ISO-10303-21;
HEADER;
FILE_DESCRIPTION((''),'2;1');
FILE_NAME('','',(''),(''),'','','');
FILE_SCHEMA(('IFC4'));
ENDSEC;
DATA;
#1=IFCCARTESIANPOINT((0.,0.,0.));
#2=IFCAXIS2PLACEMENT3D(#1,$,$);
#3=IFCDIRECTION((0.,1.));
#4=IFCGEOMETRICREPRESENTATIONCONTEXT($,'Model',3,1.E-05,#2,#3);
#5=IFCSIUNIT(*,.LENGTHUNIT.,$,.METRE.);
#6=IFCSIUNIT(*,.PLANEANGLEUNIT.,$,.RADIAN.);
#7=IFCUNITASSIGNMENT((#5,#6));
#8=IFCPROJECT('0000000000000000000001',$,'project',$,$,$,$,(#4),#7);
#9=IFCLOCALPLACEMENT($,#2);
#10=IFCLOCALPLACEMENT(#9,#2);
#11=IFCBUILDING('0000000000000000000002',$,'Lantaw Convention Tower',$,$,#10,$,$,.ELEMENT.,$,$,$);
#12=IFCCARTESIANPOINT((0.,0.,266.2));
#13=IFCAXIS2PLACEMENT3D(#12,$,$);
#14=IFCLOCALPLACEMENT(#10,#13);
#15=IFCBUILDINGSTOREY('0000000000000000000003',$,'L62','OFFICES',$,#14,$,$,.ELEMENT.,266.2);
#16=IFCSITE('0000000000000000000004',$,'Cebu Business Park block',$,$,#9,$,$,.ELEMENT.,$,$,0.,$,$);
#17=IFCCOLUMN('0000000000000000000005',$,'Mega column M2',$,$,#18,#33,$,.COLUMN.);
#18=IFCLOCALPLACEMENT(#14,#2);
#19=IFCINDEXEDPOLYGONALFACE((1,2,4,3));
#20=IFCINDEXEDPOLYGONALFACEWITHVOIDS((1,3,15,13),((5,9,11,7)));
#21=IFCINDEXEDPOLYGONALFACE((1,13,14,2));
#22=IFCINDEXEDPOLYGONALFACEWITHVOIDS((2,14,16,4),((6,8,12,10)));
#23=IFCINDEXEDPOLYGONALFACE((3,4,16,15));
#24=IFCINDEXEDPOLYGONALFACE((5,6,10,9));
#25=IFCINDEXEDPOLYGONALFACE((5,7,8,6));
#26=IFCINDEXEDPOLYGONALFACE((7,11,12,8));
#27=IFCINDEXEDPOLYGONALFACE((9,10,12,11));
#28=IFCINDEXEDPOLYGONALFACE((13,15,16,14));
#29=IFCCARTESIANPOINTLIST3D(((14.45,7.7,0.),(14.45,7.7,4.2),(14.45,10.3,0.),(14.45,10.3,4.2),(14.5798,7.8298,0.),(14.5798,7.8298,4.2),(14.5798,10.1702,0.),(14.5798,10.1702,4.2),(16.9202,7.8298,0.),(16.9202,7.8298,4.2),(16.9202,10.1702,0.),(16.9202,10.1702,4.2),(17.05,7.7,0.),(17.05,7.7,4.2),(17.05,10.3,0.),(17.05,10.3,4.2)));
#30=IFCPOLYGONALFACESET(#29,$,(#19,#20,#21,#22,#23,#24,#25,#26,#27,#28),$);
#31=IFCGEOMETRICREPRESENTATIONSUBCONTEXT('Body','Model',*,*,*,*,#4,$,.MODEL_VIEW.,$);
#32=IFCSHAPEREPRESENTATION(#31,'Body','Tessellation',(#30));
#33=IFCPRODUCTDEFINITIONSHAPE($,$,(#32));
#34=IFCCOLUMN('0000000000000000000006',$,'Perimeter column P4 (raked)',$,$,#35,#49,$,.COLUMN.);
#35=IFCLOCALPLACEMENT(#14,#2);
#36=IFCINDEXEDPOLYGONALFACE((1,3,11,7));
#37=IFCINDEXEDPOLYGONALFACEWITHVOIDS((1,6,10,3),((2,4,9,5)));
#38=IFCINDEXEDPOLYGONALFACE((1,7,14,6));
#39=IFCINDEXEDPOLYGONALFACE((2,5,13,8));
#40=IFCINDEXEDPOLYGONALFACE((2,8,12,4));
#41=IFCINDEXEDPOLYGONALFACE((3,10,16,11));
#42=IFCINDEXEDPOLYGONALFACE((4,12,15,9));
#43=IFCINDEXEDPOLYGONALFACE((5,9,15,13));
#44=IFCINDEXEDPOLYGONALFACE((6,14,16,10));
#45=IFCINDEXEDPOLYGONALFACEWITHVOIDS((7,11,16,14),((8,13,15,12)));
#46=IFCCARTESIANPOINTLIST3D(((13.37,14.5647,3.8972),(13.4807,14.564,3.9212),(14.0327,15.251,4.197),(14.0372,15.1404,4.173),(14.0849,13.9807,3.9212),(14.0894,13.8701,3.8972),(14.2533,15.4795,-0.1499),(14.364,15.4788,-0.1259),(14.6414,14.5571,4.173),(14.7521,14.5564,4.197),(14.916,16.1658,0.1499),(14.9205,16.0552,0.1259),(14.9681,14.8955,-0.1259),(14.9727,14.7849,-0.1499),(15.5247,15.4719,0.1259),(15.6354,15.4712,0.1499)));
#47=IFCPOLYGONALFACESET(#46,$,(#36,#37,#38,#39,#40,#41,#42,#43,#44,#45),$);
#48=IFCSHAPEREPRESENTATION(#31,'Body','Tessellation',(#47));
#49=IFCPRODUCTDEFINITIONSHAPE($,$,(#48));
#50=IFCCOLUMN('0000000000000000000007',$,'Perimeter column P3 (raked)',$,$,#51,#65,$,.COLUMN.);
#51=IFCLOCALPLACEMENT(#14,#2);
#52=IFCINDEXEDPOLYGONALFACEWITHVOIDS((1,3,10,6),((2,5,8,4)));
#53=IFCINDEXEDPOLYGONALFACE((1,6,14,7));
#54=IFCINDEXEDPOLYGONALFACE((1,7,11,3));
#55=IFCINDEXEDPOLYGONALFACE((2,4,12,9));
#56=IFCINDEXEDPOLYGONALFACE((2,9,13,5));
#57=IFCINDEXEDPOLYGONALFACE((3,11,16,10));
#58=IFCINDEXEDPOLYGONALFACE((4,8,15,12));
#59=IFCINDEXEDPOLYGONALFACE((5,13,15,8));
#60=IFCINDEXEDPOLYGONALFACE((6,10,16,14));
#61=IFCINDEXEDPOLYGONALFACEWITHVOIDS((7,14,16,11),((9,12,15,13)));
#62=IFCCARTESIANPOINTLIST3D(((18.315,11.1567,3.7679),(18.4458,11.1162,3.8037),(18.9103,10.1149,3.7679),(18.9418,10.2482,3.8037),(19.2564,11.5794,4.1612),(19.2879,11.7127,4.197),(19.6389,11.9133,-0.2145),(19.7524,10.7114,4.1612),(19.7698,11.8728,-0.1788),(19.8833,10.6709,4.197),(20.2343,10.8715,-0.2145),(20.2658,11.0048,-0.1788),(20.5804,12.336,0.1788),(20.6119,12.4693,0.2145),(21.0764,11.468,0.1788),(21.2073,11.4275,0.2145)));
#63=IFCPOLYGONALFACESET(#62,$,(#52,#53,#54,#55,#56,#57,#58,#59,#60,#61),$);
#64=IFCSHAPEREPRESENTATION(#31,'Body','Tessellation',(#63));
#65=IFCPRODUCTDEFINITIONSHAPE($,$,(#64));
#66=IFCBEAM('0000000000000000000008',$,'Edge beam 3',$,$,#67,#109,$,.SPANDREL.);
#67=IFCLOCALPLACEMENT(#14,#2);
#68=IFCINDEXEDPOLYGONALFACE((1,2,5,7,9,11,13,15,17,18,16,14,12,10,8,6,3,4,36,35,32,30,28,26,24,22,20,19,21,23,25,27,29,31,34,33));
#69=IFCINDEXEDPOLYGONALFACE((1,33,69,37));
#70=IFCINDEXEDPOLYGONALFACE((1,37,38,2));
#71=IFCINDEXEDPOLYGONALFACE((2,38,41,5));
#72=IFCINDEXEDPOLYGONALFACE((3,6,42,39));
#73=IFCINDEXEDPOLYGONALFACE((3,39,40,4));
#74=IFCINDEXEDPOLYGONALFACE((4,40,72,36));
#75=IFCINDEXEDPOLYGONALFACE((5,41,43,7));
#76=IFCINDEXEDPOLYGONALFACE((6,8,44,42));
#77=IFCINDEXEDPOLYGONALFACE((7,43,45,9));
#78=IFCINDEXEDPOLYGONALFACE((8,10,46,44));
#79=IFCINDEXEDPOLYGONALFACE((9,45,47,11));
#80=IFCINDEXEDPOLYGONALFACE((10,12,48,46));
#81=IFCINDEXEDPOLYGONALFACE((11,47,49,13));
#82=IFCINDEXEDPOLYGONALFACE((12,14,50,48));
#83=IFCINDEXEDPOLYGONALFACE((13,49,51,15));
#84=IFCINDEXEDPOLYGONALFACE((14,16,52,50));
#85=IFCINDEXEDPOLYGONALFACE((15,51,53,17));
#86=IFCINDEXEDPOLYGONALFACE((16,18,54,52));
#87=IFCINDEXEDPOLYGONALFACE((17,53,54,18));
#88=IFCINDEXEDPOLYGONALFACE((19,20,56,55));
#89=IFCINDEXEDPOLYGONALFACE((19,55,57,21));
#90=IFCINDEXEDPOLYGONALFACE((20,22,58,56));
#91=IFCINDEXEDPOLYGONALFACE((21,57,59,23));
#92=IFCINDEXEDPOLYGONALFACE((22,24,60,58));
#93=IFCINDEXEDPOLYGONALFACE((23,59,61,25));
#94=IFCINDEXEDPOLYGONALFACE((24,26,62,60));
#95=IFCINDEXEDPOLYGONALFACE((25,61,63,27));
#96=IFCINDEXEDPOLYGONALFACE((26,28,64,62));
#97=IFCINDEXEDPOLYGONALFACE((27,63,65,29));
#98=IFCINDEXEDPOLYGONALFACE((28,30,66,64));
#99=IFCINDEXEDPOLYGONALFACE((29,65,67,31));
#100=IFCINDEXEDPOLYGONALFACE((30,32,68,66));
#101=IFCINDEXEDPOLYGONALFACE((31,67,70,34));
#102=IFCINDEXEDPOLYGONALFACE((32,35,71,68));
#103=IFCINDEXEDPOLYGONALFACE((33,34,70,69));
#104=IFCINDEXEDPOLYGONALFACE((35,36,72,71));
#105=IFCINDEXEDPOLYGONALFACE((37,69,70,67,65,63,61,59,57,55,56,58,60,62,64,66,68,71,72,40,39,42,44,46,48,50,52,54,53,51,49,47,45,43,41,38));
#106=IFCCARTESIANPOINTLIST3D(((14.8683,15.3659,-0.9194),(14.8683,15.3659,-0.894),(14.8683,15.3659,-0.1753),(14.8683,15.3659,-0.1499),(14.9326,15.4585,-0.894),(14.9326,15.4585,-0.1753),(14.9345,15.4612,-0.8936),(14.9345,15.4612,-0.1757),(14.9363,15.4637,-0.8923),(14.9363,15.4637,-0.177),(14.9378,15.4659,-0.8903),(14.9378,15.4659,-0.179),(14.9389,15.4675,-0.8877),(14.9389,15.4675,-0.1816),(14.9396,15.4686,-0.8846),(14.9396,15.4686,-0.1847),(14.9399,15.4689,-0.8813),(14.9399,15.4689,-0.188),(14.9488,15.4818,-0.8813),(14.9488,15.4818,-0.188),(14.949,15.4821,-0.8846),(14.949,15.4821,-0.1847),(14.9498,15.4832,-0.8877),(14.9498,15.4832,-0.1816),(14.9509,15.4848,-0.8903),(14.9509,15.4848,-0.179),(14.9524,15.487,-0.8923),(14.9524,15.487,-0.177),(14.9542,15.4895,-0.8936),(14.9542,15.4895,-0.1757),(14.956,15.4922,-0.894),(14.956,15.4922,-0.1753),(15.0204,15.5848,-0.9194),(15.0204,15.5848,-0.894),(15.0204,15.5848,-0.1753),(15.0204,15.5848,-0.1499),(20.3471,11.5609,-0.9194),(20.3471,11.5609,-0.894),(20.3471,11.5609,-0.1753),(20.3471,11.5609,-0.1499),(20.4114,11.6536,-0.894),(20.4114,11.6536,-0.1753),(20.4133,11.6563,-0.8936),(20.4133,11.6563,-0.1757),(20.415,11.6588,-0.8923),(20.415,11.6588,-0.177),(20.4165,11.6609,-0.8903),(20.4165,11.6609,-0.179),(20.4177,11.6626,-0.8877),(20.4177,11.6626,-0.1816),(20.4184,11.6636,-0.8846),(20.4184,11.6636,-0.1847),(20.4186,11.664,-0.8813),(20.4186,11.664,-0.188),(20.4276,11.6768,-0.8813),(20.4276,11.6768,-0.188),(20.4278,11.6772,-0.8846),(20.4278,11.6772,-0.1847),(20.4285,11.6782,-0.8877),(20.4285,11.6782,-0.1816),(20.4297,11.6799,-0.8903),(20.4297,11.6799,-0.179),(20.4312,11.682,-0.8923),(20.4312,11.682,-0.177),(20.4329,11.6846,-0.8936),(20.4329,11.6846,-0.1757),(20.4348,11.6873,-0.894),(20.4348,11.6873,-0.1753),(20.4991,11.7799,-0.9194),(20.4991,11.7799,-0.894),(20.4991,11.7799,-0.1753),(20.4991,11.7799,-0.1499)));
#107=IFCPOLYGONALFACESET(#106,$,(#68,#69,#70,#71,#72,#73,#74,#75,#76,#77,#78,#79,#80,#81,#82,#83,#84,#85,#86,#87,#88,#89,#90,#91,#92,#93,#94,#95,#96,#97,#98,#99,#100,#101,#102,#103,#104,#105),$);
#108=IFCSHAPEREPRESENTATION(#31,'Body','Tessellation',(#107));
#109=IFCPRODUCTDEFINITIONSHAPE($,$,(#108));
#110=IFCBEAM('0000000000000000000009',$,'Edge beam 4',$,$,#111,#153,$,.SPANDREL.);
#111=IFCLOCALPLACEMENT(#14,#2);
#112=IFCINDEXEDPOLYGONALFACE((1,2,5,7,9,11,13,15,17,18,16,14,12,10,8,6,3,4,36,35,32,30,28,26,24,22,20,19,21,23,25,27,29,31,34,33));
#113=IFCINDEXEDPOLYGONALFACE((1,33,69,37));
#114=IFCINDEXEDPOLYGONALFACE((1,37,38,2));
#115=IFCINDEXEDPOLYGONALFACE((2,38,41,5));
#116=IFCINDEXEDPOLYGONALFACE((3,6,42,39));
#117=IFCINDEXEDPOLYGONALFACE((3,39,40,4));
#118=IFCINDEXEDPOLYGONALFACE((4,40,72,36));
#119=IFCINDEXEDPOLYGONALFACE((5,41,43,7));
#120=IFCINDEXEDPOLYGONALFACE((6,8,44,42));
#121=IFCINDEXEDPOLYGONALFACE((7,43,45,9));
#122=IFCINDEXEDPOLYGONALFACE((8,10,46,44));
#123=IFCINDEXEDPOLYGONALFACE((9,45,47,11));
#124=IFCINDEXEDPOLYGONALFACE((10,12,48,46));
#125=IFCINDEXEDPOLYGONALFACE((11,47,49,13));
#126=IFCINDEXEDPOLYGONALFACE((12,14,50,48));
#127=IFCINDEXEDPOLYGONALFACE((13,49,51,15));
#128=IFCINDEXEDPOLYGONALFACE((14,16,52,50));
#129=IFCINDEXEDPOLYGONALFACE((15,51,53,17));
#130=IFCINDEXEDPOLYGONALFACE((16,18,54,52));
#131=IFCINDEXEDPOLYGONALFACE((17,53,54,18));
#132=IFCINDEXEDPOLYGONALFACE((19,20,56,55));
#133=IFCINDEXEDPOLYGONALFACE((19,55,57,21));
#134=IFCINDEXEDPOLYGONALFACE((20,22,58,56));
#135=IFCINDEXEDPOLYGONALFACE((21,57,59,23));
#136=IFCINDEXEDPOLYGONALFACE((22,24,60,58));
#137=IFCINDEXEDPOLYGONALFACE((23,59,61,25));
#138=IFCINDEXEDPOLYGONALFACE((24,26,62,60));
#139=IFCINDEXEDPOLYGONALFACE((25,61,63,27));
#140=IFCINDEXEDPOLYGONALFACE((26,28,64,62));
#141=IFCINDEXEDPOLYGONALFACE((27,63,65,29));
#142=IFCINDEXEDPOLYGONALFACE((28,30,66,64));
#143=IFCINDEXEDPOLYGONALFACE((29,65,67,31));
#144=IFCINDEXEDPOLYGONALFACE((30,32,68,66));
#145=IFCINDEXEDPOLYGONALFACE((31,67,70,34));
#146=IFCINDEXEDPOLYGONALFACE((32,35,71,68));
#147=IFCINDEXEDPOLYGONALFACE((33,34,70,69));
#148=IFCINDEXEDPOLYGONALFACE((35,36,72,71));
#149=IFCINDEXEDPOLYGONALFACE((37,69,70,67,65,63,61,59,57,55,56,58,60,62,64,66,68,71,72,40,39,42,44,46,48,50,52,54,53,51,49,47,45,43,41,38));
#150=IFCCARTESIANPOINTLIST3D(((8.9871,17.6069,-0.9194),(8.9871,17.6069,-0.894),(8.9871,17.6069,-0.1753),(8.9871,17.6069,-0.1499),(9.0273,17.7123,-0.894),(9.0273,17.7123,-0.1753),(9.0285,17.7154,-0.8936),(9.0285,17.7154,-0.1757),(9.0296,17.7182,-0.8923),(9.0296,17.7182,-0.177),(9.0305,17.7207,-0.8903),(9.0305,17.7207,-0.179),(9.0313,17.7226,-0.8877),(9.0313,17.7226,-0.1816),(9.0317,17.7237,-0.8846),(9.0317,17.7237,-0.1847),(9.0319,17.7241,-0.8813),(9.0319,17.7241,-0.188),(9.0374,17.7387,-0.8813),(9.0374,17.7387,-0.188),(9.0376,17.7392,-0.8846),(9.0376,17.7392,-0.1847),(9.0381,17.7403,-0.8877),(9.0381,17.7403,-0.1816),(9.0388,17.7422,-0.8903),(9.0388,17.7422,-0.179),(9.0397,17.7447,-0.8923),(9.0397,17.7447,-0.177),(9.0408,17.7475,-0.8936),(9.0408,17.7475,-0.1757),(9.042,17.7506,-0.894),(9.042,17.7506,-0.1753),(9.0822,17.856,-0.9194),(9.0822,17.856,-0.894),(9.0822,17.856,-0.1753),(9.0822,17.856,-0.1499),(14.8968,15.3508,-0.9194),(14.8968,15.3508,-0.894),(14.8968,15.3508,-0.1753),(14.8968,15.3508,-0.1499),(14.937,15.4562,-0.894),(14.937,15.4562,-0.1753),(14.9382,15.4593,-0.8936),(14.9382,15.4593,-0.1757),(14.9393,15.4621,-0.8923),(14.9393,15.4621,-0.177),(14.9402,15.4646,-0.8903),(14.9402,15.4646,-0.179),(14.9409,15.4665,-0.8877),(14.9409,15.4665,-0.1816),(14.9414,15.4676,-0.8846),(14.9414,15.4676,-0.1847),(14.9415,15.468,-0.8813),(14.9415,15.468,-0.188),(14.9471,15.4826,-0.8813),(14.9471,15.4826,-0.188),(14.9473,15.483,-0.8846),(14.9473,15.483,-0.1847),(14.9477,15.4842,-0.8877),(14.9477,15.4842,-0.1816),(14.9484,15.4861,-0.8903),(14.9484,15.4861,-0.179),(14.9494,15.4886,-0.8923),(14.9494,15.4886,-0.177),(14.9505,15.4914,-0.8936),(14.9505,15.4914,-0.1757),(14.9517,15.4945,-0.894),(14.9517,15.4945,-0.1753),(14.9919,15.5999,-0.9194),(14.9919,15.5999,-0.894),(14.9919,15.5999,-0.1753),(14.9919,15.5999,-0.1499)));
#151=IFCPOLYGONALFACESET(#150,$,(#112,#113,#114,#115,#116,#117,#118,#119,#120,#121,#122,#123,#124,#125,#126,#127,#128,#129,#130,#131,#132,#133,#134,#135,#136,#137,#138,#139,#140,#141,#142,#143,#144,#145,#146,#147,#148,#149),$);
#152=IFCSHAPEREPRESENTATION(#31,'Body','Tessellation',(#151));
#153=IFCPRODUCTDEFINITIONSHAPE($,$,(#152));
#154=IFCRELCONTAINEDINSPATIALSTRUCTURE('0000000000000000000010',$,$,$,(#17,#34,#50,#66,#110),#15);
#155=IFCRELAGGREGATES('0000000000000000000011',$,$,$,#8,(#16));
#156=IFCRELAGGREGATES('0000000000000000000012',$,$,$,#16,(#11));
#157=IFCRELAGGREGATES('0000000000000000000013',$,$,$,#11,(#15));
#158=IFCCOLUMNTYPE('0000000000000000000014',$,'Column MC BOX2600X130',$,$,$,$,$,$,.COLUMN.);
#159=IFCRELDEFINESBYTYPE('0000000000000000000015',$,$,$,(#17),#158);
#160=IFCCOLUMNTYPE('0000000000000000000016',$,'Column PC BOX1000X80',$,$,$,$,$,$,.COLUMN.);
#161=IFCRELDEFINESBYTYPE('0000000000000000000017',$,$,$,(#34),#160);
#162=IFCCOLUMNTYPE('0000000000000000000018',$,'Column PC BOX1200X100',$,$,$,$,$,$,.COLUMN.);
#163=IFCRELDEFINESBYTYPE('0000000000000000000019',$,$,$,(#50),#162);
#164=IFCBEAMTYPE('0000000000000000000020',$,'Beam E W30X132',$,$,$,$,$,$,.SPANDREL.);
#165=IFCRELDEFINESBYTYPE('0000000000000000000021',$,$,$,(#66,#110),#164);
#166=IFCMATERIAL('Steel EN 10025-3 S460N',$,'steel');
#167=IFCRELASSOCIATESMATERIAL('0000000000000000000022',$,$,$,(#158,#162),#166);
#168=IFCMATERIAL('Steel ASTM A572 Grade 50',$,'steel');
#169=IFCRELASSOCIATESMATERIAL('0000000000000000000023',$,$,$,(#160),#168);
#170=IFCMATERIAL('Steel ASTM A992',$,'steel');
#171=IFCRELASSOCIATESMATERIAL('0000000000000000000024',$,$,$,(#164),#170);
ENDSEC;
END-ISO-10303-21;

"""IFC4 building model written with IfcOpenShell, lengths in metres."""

from ifc_helpers import new_model, si_unit, direction, frame, origin, origin_2d, place, context, subcontext, project, spatial, rectangle, hollow_rectangle, i_section, extrude, material, material_profile, profile_set, type_object, element, save


model = new_model("IFC4")

# Units and contexts
model_context = context("Model", 3, precision=1e-05, world=origin(), true_north=direction((0.0, 1.0)))
body_context = subcontext(model_context, "Body", "Model", "MODEL_VIEW")
ifc_project = project(units=[si_unit("LENGTHUNIT", "METRE"), si_unit("PLANEANGLEUNIT", "RADIAN")], contexts=[model_context])

# Site, building, storey
site_placement = place(None, origin())
site = spatial("IfcSite", under=ifc_project, at=site_placement, Name="Cebu Business Park block", CompositionType="ELEMENT", RefElevation=0.0)
building_placement = place(site_placement, origin())
building = spatial("IfcBuilding", under=site, at=building_placement, Name="Lantaw Convention Tower", CompositionType="ELEMENT")
storey_placement = place(building_placement, frame((0.0, 0.0, 266.2)))
storey = spatial("IfcBuildingStorey", under=building, at=storey_placement, Name="L62", Description="OFFICES", CompositionType="ELEMENT", Elevation=266.2)

# Columns
ifc_material_1 = material(Name="Steel EN 10025-3 S460N", Category="steel")
ifc_material_profile_1 = material_profile(ifc_material_1, hollow_rectangle(XDim=2.6001, YDim=2.6001, WallThickness=0.1299, at=origin_2d()), Name="BOX2600X130")
ifc_material_2 = material(Name="Concrete C60/75", Category="concrete")
ifc_material_profile_2 = material_profile(ifc_material_2, rectangle(XDim=2.3401, YDim=2.3401, at=origin_2d()), Name="Concrete fill of BOX2600X130")
ifc_profile_set_1 = profile_set([ifc_material_profile_1, ifc_material_profile_2], Name="Steel EN 10025-3 S460N")
column_type_1 = type_object("IfcColumnType", Name="Column MC BOX2600X130", PredefinedType="COLUMN", material=ifc_profile_set_1)
column_1_placement = place(storey_placement, frame((15.75, 9.0, 0.0), z_axis=(0.0, 0.0, 1.0), x_axis=(1.0, 0.0, 0.0)))
element("IfcColumn", 1, at=column_1_placement, inside=storey, type_object=column_type_1, Name="Mega column M2", PredefinedType="COLUMN", context=body_context, shape_type="SweptSolid", body=[
    extrude(hollow_rectangle(XDim=2.6001, YDim=2.6001, WallThickness=0.1299, at=origin_2d()), origin(), (0.0, 0.0, 1.0), 4.2),
])
ifc_material_3 = material(Name="Steel ASTM A572 Grade 50", Category="steel")
ifc_material_profile_3 = material_profile(ifc_material_3, hollow_rectangle(XDim=1.0, YDim=1.0, WallThickness=0.0801, at=origin_2d()), Name="BOX1000X80")
ifc_material_profile_4 = material_profile(ifc_material_2, rectangle(XDim=0.8401, YDim=0.8401, at=origin_2d()), Name="Concrete fill of BOX1000X80")
ifc_profile_set_2 = profile_set([ifc_material_profile_3, ifc_material_profile_4], Name="Steel ASTM A572 Grade 50")
column_type_2 = type_object("IfcColumnType", Name="Column PC BOX1000X80", PredefinedType="COLUMN", material=ifc_profile_set_2)
column_2_placement = place(storey_placement, frame((14.9443, 15.4753, 0.0), z_axis=(-0.208218, -0.215642, 0.954015), x_axis=(0.719382, -0.694615, 0.0)))
element("IfcColumn", 2, at=column_2_placement, inside=storey, type_object=column_type_2, Name="Perimeter column P4 (raked)", PredefinedType="COLUMN", context=body_context, shape_type="SweptSolid", body=[
    extrude(hollow_rectangle(XDim=1.0, YDim=1.0, WallThickness=0.0801, at=origin_2d()), origin(), (0.0, 0.0, 1.0), 4.2422),
])
ifc_material_profile_5 = material_profile(ifc_material_1, hollow_rectangle(XDim=1.2, YDim=1.2, WallThickness=0.1001, at=origin_2d()), Name="BOX1200X100")
ifc_material_profile_6 = material_profile(ifc_material_2, rectangle(XDim=1.0, YDim=1.0, at=origin_2d()), Name="Concrete fill of BOX1200X100")
ifc_profile_set_3 = profile_set([ifc_material_profile_5, ifc_material_profile_6], Name="Steel EN 10025-3 S460N")
column_type_3 = type_object("IfcColumnType", Name="Column PC BOX1200X100", PredefinedType="COLUMN", material=ifc_profile_set_3)
column_3_placement = place(storey_placement, frame((20.4231, 11.6704, 0.0), z_axis=(-0.310472, -0.177421, 0.933878), x_axis=(0.496156, -0.868233, 0.0)))
element("IfcColumn", 3, at=column_3_placement, inside=storey, type_object=column_type_3, Name="Perimeter column P3 (raked)", PredefinedType="COLUMN", context=body_context, shape_type="SweptSolid", body=[
    extrude(hollow_rectangle(XDim=1.2, YDim=1.2, WallThickness=0.1001, at=origin_2d()), origin(), (0.0, 0.0, 1.0), 4.2644),
])

# Beams
ifc_material_4 = material(Name="Steel ASTM A992", Category="steel")
ifc_material_profile_7 = material_profile(ifc_material_4, i_section(OverallWidth=0.2666, OverallDepth=0.7695, WebThickness=0.0156, FlangeThickness=0.0254, FilletRadius=0.0127, at=origin_2d()), Name="W30X132")
ifc_profile_set_4 = profile_set([ifc_material_profile_7], Name="Steel ASTM A992")
beam_type_1 = type_object("IfcBeamType", Name="Beam E W30X132", PredefinedType="SPANDREL", material=ifc_profile_set_4)
beam_1_placement = place(storey_placement, frame((20.4231, 11.6704, -0.5347), z_axis=(-0.821353, 0.57042, 0.0), x_axis=(-0.57042, -0.821353, 0.0)))
element("IfcBeam", 4, at=beam_1_placement, inside=storey, type_object=beam_type_1, Name="Edge beam 3", PredefinedType="SPANDREL", context=body_context, shape_type="SweptSolid", body=[
    extrude(i_section(OverallWidth=0.2666, OverallDepth=0.7695, WebThickness=0.0156, FlangeThickness=0.0254, FilletRadius=0.0127, at=origin_2d()), origin(), (0.0, 0.0, 1.0), 6.6704),
])
beam_2_placement = place(storey_placement, frame((14.9443, 15.4753, -0.5347), z_axis=(-0.934235, 0.356658, 0.0), x_axis=(-0.356658, -0.934235, 0.0)))
element("IfcBeam", 5, at=beam_2_placement, inside=storey, type_object=beam_type_1, Name="Edge beam 4", PredefinedType="SPANDREL", context=body_context, shape_type="SweptSolid", body=[
    extrude(i_section(OverallWidth=0.2666, OverallDepth=0.7695, WebThickness=0.0156, FlangeThickness=0.0254, FilletRadius=0.0127, at=origin_2d()), origin(), (0.0, 0.0, 1.0), 6.3257),
])

save(model, "model.ifc")
